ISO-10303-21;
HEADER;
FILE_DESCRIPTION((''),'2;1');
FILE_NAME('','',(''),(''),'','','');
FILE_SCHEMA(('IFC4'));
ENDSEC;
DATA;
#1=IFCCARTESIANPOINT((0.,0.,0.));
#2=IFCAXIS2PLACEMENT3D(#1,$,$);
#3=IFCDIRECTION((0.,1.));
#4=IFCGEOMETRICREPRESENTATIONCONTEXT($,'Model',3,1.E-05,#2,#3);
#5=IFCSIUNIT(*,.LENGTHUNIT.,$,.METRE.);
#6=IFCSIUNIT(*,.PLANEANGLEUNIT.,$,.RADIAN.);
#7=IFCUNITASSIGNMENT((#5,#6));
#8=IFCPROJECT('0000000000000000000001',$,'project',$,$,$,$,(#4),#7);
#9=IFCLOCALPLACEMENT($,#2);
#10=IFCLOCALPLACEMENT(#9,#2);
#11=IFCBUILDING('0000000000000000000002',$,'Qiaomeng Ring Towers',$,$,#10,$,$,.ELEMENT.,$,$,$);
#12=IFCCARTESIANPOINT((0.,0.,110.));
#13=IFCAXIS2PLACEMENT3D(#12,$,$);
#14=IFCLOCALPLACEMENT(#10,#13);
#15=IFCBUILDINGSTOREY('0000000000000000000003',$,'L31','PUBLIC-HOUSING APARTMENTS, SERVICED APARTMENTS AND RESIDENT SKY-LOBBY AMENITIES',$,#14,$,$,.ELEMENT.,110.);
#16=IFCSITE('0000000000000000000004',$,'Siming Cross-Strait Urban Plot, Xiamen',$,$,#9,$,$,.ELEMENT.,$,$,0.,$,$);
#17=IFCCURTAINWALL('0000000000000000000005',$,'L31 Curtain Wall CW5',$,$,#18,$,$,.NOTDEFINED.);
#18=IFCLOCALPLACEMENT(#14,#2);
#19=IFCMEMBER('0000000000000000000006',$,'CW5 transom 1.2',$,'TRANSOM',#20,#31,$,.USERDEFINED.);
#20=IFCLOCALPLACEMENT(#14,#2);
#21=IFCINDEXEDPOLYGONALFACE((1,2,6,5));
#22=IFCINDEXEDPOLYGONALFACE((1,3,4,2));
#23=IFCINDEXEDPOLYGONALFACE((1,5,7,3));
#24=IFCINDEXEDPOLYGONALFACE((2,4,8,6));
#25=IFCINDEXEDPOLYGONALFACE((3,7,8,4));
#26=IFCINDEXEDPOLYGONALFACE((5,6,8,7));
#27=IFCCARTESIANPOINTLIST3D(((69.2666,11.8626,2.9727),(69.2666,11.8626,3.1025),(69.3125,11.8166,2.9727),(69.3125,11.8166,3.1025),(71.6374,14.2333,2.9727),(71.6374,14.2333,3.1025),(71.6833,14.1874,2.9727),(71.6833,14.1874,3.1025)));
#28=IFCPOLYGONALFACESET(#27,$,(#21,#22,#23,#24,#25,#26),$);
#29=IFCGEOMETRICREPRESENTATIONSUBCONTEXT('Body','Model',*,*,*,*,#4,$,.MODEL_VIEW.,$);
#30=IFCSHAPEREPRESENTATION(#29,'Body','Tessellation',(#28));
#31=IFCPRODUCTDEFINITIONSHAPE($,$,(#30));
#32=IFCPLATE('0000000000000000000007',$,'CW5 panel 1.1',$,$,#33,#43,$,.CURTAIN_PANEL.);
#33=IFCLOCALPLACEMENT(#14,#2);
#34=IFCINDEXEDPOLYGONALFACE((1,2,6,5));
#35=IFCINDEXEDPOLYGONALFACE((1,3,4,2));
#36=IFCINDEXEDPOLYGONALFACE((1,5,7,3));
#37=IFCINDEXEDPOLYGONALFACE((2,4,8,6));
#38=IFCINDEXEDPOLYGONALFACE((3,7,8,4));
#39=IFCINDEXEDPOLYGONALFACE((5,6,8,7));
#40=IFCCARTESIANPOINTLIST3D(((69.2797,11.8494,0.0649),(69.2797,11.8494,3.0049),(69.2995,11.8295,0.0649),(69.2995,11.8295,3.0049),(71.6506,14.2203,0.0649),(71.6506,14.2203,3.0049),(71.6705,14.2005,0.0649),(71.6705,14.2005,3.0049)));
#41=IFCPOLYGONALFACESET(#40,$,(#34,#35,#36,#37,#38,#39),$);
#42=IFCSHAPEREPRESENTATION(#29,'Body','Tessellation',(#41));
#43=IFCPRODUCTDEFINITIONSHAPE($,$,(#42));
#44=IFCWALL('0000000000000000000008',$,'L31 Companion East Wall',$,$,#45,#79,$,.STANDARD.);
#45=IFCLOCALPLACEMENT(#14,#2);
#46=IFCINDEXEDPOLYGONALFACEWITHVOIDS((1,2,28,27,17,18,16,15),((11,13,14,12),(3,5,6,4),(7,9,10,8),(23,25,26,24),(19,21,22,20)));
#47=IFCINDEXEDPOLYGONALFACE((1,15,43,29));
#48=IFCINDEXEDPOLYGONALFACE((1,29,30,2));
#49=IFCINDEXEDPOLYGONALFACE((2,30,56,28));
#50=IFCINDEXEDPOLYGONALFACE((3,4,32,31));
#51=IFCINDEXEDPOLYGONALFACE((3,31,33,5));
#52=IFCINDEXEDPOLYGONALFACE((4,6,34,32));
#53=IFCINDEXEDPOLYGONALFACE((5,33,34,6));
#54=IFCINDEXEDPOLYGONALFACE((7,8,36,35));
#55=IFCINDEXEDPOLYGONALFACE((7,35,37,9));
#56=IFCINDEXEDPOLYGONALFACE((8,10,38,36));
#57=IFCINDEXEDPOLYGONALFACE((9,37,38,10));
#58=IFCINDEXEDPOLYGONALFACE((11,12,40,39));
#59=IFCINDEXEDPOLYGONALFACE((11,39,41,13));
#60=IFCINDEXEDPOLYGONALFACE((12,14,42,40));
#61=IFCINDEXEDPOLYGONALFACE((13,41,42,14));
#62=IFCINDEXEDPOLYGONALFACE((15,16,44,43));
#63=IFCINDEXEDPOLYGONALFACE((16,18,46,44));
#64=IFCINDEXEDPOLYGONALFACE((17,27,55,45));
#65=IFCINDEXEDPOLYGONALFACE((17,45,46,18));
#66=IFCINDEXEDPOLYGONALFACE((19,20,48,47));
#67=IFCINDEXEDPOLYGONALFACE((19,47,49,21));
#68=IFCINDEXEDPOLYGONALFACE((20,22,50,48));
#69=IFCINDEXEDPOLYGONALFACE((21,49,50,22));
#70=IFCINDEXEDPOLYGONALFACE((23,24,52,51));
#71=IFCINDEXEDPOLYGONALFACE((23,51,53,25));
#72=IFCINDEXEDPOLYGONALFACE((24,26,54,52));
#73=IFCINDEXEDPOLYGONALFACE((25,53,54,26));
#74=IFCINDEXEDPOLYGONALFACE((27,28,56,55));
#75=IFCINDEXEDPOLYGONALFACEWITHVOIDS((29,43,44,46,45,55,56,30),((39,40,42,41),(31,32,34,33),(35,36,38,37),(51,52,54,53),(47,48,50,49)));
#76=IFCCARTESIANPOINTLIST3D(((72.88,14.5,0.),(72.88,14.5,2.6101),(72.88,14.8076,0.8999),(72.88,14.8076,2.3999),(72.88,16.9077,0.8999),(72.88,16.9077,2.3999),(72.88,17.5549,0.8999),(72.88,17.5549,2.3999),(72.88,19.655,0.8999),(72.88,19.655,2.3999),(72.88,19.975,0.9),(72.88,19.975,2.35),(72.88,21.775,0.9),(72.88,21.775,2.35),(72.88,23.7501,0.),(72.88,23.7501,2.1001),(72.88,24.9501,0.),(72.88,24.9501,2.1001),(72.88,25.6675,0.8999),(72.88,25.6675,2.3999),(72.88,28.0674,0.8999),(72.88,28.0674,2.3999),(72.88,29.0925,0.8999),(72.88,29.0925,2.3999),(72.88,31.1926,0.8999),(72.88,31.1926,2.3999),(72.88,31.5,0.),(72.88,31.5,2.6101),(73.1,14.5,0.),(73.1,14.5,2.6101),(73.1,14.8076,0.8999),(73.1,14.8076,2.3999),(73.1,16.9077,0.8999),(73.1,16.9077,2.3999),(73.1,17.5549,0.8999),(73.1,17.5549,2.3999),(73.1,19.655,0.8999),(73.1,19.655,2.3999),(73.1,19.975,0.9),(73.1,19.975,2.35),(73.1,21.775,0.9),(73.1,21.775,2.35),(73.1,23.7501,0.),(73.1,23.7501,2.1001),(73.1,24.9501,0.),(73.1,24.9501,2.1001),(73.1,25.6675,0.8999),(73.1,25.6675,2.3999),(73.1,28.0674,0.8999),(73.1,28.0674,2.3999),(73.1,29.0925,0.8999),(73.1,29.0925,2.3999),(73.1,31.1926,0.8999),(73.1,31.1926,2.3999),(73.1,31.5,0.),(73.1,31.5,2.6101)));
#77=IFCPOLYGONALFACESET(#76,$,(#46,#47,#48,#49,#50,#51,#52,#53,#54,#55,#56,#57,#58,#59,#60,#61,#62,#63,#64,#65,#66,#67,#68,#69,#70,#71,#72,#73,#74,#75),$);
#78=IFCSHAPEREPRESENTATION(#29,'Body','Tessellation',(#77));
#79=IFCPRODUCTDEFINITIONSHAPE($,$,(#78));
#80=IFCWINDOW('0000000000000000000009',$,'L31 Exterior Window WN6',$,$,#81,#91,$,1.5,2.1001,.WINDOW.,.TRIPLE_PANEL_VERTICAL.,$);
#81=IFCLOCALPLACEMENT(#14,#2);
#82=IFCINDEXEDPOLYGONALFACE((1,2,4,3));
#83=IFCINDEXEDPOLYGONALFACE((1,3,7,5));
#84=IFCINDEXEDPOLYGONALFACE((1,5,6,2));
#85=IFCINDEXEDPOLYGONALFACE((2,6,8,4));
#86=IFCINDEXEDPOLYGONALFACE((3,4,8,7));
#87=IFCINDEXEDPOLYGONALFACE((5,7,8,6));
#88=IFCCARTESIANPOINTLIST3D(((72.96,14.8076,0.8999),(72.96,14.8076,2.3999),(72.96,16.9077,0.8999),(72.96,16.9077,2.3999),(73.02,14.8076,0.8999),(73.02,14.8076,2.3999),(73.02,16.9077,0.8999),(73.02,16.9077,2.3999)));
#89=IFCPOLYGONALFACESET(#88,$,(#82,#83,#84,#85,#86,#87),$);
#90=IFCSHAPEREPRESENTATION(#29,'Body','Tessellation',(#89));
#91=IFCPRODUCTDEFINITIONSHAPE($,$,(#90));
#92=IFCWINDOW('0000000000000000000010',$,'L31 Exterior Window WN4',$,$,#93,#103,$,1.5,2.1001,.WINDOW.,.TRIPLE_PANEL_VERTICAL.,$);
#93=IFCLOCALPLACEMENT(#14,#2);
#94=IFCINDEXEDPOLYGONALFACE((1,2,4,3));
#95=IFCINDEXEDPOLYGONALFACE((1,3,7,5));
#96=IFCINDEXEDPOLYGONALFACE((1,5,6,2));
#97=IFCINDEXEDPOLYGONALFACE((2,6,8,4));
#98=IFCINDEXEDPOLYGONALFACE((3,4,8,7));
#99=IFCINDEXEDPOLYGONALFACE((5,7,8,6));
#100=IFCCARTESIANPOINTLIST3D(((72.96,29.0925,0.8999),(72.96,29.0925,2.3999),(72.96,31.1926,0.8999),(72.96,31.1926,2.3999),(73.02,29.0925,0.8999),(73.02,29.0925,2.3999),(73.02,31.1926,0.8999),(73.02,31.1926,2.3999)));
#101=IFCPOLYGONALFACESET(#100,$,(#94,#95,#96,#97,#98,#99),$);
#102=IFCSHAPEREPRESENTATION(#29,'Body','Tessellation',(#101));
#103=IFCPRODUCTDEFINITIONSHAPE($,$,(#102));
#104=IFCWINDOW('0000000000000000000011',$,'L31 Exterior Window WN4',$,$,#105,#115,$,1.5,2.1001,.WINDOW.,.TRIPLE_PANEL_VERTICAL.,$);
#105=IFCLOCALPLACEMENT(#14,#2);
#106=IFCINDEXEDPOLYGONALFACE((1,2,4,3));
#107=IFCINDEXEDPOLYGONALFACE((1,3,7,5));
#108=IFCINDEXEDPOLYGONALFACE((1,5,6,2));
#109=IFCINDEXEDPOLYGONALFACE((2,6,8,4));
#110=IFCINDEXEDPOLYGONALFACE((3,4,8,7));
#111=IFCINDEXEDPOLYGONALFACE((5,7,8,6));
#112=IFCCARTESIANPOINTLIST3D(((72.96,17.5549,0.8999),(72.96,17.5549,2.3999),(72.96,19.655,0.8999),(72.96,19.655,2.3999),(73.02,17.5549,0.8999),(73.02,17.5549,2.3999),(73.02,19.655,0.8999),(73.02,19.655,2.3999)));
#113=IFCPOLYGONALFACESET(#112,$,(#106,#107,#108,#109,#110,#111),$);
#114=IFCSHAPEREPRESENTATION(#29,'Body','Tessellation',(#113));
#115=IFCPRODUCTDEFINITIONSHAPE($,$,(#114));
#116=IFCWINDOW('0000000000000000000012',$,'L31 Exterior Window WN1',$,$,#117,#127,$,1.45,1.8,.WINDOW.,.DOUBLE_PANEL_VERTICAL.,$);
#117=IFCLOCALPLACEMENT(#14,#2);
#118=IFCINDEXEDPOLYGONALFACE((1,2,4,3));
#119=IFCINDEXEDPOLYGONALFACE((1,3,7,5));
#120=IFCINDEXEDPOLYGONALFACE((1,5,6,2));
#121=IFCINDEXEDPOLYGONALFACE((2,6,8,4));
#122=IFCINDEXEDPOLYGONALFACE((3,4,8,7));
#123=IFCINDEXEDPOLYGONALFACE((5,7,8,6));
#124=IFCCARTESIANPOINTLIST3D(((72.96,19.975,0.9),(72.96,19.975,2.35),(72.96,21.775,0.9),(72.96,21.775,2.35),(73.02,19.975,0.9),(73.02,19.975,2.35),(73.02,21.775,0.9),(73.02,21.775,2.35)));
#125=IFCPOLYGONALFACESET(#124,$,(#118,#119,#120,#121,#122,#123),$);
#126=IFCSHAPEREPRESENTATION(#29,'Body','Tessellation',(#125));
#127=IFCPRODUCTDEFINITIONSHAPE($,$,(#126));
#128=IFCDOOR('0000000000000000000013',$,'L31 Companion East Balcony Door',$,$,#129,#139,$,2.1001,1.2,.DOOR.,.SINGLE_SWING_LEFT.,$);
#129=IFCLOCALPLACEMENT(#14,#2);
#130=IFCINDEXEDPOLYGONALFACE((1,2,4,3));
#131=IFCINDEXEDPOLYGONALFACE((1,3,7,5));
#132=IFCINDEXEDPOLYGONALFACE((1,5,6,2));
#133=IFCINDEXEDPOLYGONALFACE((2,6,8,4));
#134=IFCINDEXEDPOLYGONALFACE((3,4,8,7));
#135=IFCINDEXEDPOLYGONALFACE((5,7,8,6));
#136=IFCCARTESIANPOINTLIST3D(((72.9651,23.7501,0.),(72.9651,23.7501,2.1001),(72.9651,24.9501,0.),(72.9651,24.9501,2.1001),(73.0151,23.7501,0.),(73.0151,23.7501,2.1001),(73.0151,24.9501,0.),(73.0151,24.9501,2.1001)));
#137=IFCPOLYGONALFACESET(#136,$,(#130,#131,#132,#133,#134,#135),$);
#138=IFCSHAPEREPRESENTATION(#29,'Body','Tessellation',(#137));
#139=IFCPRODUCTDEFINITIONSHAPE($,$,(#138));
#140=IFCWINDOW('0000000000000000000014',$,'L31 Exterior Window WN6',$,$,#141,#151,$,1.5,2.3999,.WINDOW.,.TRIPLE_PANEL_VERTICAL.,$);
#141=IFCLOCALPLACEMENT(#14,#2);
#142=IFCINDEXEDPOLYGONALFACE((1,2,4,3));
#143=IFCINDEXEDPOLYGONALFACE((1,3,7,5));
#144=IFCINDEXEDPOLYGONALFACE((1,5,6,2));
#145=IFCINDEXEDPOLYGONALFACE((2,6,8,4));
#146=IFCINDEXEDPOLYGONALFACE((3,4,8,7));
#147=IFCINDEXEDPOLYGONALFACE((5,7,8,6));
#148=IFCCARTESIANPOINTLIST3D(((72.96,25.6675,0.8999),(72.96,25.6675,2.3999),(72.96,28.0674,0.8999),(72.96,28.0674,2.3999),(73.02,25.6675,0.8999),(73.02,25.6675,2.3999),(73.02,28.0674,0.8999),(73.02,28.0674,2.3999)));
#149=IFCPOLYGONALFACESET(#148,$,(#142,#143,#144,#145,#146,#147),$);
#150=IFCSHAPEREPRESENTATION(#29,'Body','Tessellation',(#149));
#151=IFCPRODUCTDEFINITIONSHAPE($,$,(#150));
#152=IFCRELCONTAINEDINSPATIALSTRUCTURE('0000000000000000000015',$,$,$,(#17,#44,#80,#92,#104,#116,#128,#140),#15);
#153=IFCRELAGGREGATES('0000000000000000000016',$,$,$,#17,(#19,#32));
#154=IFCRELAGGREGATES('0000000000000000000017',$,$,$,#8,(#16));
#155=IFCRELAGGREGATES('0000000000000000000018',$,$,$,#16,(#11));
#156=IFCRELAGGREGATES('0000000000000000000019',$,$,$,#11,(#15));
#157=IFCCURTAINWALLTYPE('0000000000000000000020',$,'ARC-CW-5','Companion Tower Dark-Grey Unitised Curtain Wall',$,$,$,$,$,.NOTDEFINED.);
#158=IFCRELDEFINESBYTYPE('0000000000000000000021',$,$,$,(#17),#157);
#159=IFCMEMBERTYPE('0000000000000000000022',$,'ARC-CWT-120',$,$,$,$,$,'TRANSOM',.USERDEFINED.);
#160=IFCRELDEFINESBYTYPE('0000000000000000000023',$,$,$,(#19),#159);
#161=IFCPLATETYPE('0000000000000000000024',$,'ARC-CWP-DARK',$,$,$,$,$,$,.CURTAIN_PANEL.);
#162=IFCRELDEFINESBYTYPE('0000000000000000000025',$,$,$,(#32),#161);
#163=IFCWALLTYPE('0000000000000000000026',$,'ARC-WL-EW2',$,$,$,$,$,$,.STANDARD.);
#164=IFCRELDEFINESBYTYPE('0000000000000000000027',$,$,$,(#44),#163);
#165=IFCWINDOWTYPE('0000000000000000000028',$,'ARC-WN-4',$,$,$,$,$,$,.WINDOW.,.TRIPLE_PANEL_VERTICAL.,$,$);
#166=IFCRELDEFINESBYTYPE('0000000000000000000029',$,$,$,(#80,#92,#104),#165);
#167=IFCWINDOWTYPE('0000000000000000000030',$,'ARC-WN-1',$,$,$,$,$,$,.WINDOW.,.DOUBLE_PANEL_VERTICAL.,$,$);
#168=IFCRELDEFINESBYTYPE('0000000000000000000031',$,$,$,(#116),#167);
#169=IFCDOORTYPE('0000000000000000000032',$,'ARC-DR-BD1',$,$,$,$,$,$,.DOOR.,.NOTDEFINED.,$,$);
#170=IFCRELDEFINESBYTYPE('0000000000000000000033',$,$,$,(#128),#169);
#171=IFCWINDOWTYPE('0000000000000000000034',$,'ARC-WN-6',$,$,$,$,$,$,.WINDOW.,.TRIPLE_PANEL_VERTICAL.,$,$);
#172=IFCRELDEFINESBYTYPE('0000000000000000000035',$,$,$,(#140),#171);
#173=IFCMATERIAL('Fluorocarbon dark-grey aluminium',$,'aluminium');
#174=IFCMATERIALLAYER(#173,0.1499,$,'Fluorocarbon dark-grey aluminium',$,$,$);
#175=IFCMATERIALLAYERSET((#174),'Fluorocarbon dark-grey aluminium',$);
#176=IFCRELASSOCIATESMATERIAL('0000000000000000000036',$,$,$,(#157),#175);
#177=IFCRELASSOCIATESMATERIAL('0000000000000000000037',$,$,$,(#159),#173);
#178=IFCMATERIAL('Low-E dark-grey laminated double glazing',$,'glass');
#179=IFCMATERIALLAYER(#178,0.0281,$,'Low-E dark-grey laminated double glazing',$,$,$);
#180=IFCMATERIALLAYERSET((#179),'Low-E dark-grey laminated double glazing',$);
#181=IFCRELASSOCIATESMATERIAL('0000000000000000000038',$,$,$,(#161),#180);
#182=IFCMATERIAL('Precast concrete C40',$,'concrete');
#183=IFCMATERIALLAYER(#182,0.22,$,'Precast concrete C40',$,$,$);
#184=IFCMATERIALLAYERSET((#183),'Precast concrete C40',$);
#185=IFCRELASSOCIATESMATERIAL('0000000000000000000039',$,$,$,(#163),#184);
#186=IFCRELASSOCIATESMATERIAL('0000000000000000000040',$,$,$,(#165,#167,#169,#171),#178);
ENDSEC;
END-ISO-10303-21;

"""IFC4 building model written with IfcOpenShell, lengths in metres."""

from ifc_helpers import new_model, si_unit, direction, frame, frame_2d, origin, origin_2d, place, context, subcontext, project, spatial, rectangle, extrude, source, transform, mapped, material, layer, layer_set, material_profile, profile_set, type_object, element, fill, aggregate, save


model = new_model("IFC4")

# Units and contexts
model_context = context("Model", 3, precision=1e-05, world=origin(), true_north=direction((0.0, 1.0)))
body_context = subcontext(model_context, "Body", "Model", "MODEL_VIEW")
ifc_project = project(units=[si_unit("LENGTHUNIT", "METRE"), si_unit("PLANEANGLEUNIT", "RADIAN")], contexts=[model_context])

# Site, building, storey
site_placement = place(None, origin())
site = spatial("IfcSite", under=ifc_project, at=site_placement, Name="Siming Cross-Strait Urban Plot, Xiamen", CompositionType="ELEMENT", RefElevation=0.0)
building_placement = place(site_placement, origin())
building = spatial("IfcBuilding", under=site, at=building_placement, Name="Qiaomeng Ring Towers", CompositionType="ELEMENT")
storey_placement = place(building_placement, frame((0.0, 0.0, 110.0)))
storey = spatial("IfcBuildingStorey", under=building, at=storey_placement, Name="L31", Description="PUBLIC-HOUSING APARTMENTS, SERVICED APARTMENTS AND RESIDENT SKY-LOBBY AMENITIES", CompositionType="ELEMENT", Elevation=110.0)

# Curtain wall
ifc_material_1 = material(Name="Fluorocarbon dark-grey aluminium", Category="aluminium")
ifc_layer_1 = layer(ifc_material_1, 0.1499, Name="Fluorocarbon dark-grey aluminium")
ifc_layer_set_1 = layer_set([ifc_layer_1], Name="Fluorocarbon dark-grey aluminium")
curtain_wall_type = type_object("IfcCurtainWallType", Name="ARC-CW-5", Description="Companion Tower Dark-Grey Unitised Curtain Wall", PredefinedType="NOTDEFINED", material=ifc_layer_set_1)
curtain_wall_1_placement = place(storey_placement, origin())
curtain_wall_1 = element("IfcCurtainWall", 1, at=curtain_wall_1_placement, inside=storey, type_object=curtain_wall_type, Name="L31 Curtain Wall CW5", PredefinedType="NOTDEFINED")

# Member
ifc_material_profile_1 = material_profile(ifc_material_1, rectangle(XDim=0.0649, YDim=0.1299, at=origin_2d()), Name="ALU TRAN 65x130")
ifc_profile_set_1 = profile_set([ifc_material_profile_1], Name="Fluorocarbon dark-grey aluminium")
member_type_1 = type_object("IfcMemberType", Name="ARC-CWT-120", ElementType="TRANSOM", PredefinedType="USERDEFINED", material=ifc_profile_set_1)
shared_shape_1 = source(origin(), body_context, "Body", "SweptSolid", [
    extrude(rectangle(XDim=0.0649, YDim=0.1299, at=origin_2d()), origin(), (0.0, 0.0, 1.0), 3.3528),
])
member_1_placement = place(storey_placement, frame((69.2896, 11.8396, 3.0376), z_axis=(0.707107, 0.707107, 0.0), x_axis=(-0.707107, 0.707107, 0.0)))
member_1 = element("IfcMember", 2, at=member_1_placement, type_object=member_type_1, Name="CW5 transom 1.2", ObjectType="TRANSOM", PredefinedType="USERDEFINED", context=body_context, shape_type="MappedRepresentation", body=[
    mapped(shared_shape_1, transform((0.0, 0.0, 0.0), x_axis=(1.0, 0.0, 0.0), y_axis=(0.0, 1.0, 0.0), z_axis=(0.0, 0.0, 1.0), scale=1.0)),
])

# Plate
ifc_material_2 = material(Name="Low-E dark-grey laminated double glazing", Category="glass")
ifc_layer_2 = layer(ifc_material_2, 0.0281, Name="Low-E dark-grey laminated double glazing")
ifc_layer_set_2 = layer_set([ifc_layer_2], Name="Low-E dark-grey laminated double glazing")
plate_type = type_object("IfcPlateType", Name="ARC-CWP-DARK", PredefinedType="CURTAIN_PANEL", material=ifc_layer_set_2)
shared_shape_2 = source(origin(), body_context, "Body", "SweptSolid", [
    extrude(rectangle(XDim=3.353, YDim=0.0281, at=origin_2d()), origin(), (0.0, 0.0, 1.0), 2.9399),
])
plate_placement = place(storey_placement, frame((70.4751, 13.0249, 0.0649), z_axis=(0.0, 0.0, 1.0), x_axis=(0.707107, 0.707107, 0.0)))
plate = element("IfcPlate", 3, at=plate_placement, type_object=plate_type, Name="CW5 panel 1.1", PredefinedType="CURTAIN_PANEL", context=body_context, shape_type="MappedRepresentation", body=[
    mapped(shared_shape_2, transform((0.0, 0.0, 0.0), x_axis=(1.0, 0.0, 0.0), y_axis=(0.0, 1.0, 0.0), z_axis=(0.0, 0.0, 1.0), scale=1.0)),
])
aggregate(curtain_wall_1, [member_1, plate])

# Wall, openings, windows, door
ifc_material_3 = material(Name="Precast concrete C40", Category="concrete")
ifc_layer_3 = layer(ifc_material_3, 0.22, Name="Precast concrete C40")
ifc_layer_set_3 = layer_set([ifc_layer_3], Name="Precast concrete C40")
wall_type_1 = type_object("IfcWallType", Name="ARC-WL-EW2", PredefinedType="STANDARD", material=ifc_layer_set_3)
wall_1_placement = place(storey_placement, frame((72.99, 14.5, 0.0), z_axis=(0.0, 0.0, 1.0), x_axis=(0.0, 1.0, 0.0)))
wall_1 = element("IfcWall", 4, at=wall_1_placement, inside=storey, type_object=wall_type_1, Name="L31 Companion East Wall", PredefinedType="STANDARD", context=body_context, shape_type="SweptSolid", body=[
    extrude(rectangle(XDim=17.0, YDim=0.22, at=frame_2d((8.5, 0.0))), origin(), (0.0, 0.0, 1.0), 2.6101),
])
opening_1_placement = place(wall_1_placement, frame((9.25, 0.0, 0.0)))
opening_1 = element("IfcOpeningElement", 5, at=opening_1_placement, cuts=wall_1, PredefinedType="OPENING", context=body_context, shape_type="SweptSolid", body=[
    extrude(rectangle(XDim=1.2, YDim=2.1001, at=frame_2d((0.6001, 1.05))), frame((0.0, 0.1199, 0.0), z_axis=(0.0, -1.0, 0.0), x_axis=(1.0, 0.0, 0.0)), (0.0, 0.0, 1.0), 0.24),
])
opening_2_placement = place(wall_1_placement, frame((0.3076, 0.0, 0.8999)))
opening_2 = element("IfcOpeningElement", 6, at=opening_2_placement, cuts=wall_1, PredefinedType="OPENING", context=body_context, shape_type="SweptSolid", body=[
    extrude(rectangle(XDim=2.1001, YDim=1.5, at=frame_2d((1.05, 0.75))), frame((0.0, 0.1199, 0.0), z_axis=(0.0, -1.0, 0.0), x_axis=(1.0, 0.0, 0.0)), (0.0, 0.0, 1.0), 0.24),
])
opening_3_placement = place(wall_1_placement, frame((5.4751, 0.0, 0.8999)))
opening_3 = element("IfcOpeningElement", 7, at=opening_3_placement, cuts=wall_1, PredefinedType="OPENING", context=body_context, shape_type="SweptSolid", body=[
    extrude(rectangle(XDim=1.8, YDim=1.45, at=frame_2d((0.8999, 0.7251))), frame((0.0, 0.1199, 0.0), z_axis=(0.0, -1.0, 0.0), x_axis=(1.0, 0.0, 0.0)), (0.0, 0.0, 1.0), 0.24),
])
opening_4_placement = place(wall_1_placement, frame((14.5925, 0.0, 0.8999)))
opening_4 = element("IfcOpeningElement", 8, at=opening_4_placement, cuts=wall_1, PredefinedType="OPENING", context=body_context, shape_type="SweptSolid", body=[
    extrude(rectangle(XDim=2.1001, YDim=1.5, at=frame_2d((1.05, 0.75))), frame((0.0, 0.1199, 0.0), z_axis=(0.0, -1.0, 0.0), x_axis=(1.0, 0.0, 0.0)), (0.0, 0.0, 1.0), 0.24),
])
opening_5_placement = place(wall_1_placement, frame((3.0549, 0.0, 0.8999)))
opening_5 = element("IfcOpeningElement", 9, at=opening_5_placement, cuts=wall_1, PredefinedType="OPENING", context=body_context, shape_type="SweptSolid", body=[
    extrude(rectangle(XDim=2.1001, YDim=1.5, at=frame_2d((1.05, 0.75))), frame((0.0, 0.1199, 0.0), z_axis=(0.0, -1.0, 0.0), x_axis=(1.0, 0.0, 0.0)), (0.0, 0.0, 1.0), 0.24),
])
opening_6_placement = place(wall_1_placement, frame((11.1675, 0.0, 0.8999)))
opening_6 = element("IfcOpeningElement", 10, at=opening_6_placement, cuts=wall_1, PredefinedType="OPENING", context=body_context, shape_type="SweptSolid", body=[
    extrude(rectangle(XDim=2.3999, YDim=1.5, at=frame_2d((1.2, 0.75))), frame((0.0, 0.1199, 0.0), z_axis=(0.0, -1.0, 0.0), x_axis=(1.0, 0.0, 0.0)), (0.0, 0.0, 1.0), 0.24),
])
window_type_1 = type_object("IfcWindowType", Name="ARC-WN-4", PartitioningType="TRIPLE_PANEL_VERTICAL", PredefinedType="WINDOW", material=ifc_material_2)
shared_shape_3 = source(origin(), body_context, "Body", "SweptSolid", [
    extrude(rectangle(XDim=2.1001, YDim=1.5, at=frame_2d((1.05, 0.75))), frame((0.0, 0.03, 0.0), z_axis=(0.0, -1.0, 0.0), x_axis=(1.0, 0.0, 0.0)), (0.0, 0.0, 1.0), 0.0601),
])
window_1_placement = place(opening_2_placement, origin())
window_1 = element("IfcWindow", 11, at=window_1_placement, inside=storey, type_object=window_type_1, Name="L31 Exterior Window WN6", OverallHeight=1.5, OverallWidth=2.1001, PartitioningType="TRIPLE_PANEL_VERTICAL", PredefinedType="WINDOW", context=body_context, shape_type="MappedRepresentation", body=[
    mapped(shared_shape_3, transform((0.0, 0.0, 0.0), x_axis=(1.0, 0.0, 0.0), y_axis=(0.0, 1.0, 0.0), z_axis=(0.0, 0.0, 1.0), scale=1.0)),
])
fill(opening_2, window_1)
window_2_placement = place(opening_4_placement, origin())
window_2 = element("IfcWindow", 12, at=window_2_placement, inside=storey, type_object=window_type_1, Name="L31 Exterior Window WN4", OverallHeight=1.5, OverallWidth=2.1001, PartitioningType="TRIPLE_PANEL_VERTICAL", PredefinedType="WINDOW", context=body_context, shape_type="MappedRepresentation", body=[
    mapped(shared_shape_3, transform((0.0, 0.0, 0.0), x_axis=(1.0, 0.0, 0.0), y_axis=(0.0, 1.0, 0.0), z_axis=(0.0, 0.0, 1.0), scale=1.0)),
])
fill(opening_4, window_2)
window_3_placement = place(opening_5_placement, origin())
window_3 = element("IfcWindow", 13, at=window_3_placement, inside=storey, type_object=window_type_1, Name="L31 Exterior Window WN4", OverallHeight=1.5, OverallWidth=2.1001, PartitioningType="TRIPLE_PANEL_VERTICAL", PredefinedType="WINDOW", context=body_context, shape_type="MappedRepresentation", body=[
    mapped(shared_shape_3, transform((0.0, 0.0, 0.0), x_axis=(1.0, 0.0, 0.0), y_axis=(0.0, 1.0, 0.0), z_axis=(0.0, 0.0, 1.0), scale=1.0)),
])
fill(opening_5, window_3)
window_type_2 = type_object("IfcWindowType", Name="ARC-WN-1", PartitioningType="DOUBLE_PANEL_VERTICAL", PredefinedType="WINDOW", material=ifc_material_2)
shared_shape_4 = source(origin(), body_context, "Body", "SweptSolid", [
    extrude(rectangle(XDim=1.8, YDim=1.45, at=frame_2d((0.8999, 0.7251))), frame((0.0, 0.03, 0.0), z_axis=(0.0, -1.0, 0.0), x_axis=(1.0, 0.0, 0.0)), (0.0, 0.0, 1.0), 0.0601),
])
window_4_placement = place(opening_3_placement, origin())
window_4 = element("IfcWindow", 14, at=window_4_placement, inside=storey, type_object=window_type_2, Name="L31 Exterior Window WN1", OverallHeight=1.45, OverallWidth=1.8, PartitioningType="DOUBLE_PANEL_VERTICAL", PredefinedType="WINDOW", context=body_context, shape_type="MappedRepresentation", body=[
    mapped(shared_shape_4, transform((0.0, 0.0, 0.0), x_axis=(1.0, 0.0, 0.0), y_axis=(0.0, 1.0, 0.0), z_axis=(0.0, 0.0, 1.0), scale=1.0)),
])
fill(opening_3, window_4)
door_type_1 = type_object("IfcDoorType", Name="ARC-DR-BD1", OperationType="NOTDEFINED", PredefinedType="DOOR", material=ifc_material_2)
shared_shape_5 = source(origin(), body_context, "Body", "SweptSolid", [
    extrude(rectangle(XDim=1.2, YDim=2.1001, at=frame_2d((0.6001, 1.05))), frame((0.0, 0.0249, 0.0), z_axis=(0.0, -1.0, 0.0), x_axis=(1.0, 0.0, 0.0)), (0.0, 0.0, 1.0), 0.05),
])
door_1_placement = place(opening_1_placement, origin())
door_1 = element("IfcDoor", 15, at=door_1_placement, inside=storey, type_object=door_type_1, Name="L31 Companion East Balcony Door", OperationType="SINGLE_SWING_LEFT", OverallHeight=2.1001, OverallWidth=1.2, PredefinedType="DOOR", context=body_context, shape_type="MappedRepresentation", body=[
    mapped(shared_shape_5, transform((0.0, 0.0, 0.0), x_axis=(1.0, 0.0, 0.0), y_axis=(0.0, 1.0, 0.0), z_axis=(0.0, 0.0, 1.0), scale=1.0)),
])
fill(opening_1, door_1)
window_type_3 = type_object("IfcWindowType", Name="ARC-WN-6", PartitioningType="TRIPLE_PANEL_VERTICAL", PredefinedType="WINDOW", material=ifc_material_2)
shared_shape_6 = source(origin(), body_context, "Body", "SweptSolid", [
    extrude(rectangle(XDim=2.3999, YDim=1.5, at=frame_2d((1.2, 0.75))), frame((0.0, 0.03, 0.0), z_axis=(0.0, -1.0, 0.0), x_axis=(1.0, 0.0, 0.0)), (0.0, 0.0, 1.0), 0.0601),
])
window_5_placement = place(opening_6_placement, origin())
window_5 = element("IfcWindow", 16, at=window_5_placement, inside=storey, type_object=window_type_3, Name="L31 Exterior Window WN6", OverallHeight=1.5, OverallWidth=2.3999, PartitioningType="TRIPLE_PANEL_VERTICAL", PredefinedType="WINDOW", context=body_context, shape_type="MappedRepresentation", body=[
    mapped(shared_shape_6, transform((0.0, 0.0, 0.0), x_axis=(1.0, 0.0, 0.0), y_axis=(0.0, 1.0, 0.0), z_axis=(0.0, 0.0, 1.0), scale=1.0)),
])
fill(opening_6, window_5)

save(model, "model.ifc")
